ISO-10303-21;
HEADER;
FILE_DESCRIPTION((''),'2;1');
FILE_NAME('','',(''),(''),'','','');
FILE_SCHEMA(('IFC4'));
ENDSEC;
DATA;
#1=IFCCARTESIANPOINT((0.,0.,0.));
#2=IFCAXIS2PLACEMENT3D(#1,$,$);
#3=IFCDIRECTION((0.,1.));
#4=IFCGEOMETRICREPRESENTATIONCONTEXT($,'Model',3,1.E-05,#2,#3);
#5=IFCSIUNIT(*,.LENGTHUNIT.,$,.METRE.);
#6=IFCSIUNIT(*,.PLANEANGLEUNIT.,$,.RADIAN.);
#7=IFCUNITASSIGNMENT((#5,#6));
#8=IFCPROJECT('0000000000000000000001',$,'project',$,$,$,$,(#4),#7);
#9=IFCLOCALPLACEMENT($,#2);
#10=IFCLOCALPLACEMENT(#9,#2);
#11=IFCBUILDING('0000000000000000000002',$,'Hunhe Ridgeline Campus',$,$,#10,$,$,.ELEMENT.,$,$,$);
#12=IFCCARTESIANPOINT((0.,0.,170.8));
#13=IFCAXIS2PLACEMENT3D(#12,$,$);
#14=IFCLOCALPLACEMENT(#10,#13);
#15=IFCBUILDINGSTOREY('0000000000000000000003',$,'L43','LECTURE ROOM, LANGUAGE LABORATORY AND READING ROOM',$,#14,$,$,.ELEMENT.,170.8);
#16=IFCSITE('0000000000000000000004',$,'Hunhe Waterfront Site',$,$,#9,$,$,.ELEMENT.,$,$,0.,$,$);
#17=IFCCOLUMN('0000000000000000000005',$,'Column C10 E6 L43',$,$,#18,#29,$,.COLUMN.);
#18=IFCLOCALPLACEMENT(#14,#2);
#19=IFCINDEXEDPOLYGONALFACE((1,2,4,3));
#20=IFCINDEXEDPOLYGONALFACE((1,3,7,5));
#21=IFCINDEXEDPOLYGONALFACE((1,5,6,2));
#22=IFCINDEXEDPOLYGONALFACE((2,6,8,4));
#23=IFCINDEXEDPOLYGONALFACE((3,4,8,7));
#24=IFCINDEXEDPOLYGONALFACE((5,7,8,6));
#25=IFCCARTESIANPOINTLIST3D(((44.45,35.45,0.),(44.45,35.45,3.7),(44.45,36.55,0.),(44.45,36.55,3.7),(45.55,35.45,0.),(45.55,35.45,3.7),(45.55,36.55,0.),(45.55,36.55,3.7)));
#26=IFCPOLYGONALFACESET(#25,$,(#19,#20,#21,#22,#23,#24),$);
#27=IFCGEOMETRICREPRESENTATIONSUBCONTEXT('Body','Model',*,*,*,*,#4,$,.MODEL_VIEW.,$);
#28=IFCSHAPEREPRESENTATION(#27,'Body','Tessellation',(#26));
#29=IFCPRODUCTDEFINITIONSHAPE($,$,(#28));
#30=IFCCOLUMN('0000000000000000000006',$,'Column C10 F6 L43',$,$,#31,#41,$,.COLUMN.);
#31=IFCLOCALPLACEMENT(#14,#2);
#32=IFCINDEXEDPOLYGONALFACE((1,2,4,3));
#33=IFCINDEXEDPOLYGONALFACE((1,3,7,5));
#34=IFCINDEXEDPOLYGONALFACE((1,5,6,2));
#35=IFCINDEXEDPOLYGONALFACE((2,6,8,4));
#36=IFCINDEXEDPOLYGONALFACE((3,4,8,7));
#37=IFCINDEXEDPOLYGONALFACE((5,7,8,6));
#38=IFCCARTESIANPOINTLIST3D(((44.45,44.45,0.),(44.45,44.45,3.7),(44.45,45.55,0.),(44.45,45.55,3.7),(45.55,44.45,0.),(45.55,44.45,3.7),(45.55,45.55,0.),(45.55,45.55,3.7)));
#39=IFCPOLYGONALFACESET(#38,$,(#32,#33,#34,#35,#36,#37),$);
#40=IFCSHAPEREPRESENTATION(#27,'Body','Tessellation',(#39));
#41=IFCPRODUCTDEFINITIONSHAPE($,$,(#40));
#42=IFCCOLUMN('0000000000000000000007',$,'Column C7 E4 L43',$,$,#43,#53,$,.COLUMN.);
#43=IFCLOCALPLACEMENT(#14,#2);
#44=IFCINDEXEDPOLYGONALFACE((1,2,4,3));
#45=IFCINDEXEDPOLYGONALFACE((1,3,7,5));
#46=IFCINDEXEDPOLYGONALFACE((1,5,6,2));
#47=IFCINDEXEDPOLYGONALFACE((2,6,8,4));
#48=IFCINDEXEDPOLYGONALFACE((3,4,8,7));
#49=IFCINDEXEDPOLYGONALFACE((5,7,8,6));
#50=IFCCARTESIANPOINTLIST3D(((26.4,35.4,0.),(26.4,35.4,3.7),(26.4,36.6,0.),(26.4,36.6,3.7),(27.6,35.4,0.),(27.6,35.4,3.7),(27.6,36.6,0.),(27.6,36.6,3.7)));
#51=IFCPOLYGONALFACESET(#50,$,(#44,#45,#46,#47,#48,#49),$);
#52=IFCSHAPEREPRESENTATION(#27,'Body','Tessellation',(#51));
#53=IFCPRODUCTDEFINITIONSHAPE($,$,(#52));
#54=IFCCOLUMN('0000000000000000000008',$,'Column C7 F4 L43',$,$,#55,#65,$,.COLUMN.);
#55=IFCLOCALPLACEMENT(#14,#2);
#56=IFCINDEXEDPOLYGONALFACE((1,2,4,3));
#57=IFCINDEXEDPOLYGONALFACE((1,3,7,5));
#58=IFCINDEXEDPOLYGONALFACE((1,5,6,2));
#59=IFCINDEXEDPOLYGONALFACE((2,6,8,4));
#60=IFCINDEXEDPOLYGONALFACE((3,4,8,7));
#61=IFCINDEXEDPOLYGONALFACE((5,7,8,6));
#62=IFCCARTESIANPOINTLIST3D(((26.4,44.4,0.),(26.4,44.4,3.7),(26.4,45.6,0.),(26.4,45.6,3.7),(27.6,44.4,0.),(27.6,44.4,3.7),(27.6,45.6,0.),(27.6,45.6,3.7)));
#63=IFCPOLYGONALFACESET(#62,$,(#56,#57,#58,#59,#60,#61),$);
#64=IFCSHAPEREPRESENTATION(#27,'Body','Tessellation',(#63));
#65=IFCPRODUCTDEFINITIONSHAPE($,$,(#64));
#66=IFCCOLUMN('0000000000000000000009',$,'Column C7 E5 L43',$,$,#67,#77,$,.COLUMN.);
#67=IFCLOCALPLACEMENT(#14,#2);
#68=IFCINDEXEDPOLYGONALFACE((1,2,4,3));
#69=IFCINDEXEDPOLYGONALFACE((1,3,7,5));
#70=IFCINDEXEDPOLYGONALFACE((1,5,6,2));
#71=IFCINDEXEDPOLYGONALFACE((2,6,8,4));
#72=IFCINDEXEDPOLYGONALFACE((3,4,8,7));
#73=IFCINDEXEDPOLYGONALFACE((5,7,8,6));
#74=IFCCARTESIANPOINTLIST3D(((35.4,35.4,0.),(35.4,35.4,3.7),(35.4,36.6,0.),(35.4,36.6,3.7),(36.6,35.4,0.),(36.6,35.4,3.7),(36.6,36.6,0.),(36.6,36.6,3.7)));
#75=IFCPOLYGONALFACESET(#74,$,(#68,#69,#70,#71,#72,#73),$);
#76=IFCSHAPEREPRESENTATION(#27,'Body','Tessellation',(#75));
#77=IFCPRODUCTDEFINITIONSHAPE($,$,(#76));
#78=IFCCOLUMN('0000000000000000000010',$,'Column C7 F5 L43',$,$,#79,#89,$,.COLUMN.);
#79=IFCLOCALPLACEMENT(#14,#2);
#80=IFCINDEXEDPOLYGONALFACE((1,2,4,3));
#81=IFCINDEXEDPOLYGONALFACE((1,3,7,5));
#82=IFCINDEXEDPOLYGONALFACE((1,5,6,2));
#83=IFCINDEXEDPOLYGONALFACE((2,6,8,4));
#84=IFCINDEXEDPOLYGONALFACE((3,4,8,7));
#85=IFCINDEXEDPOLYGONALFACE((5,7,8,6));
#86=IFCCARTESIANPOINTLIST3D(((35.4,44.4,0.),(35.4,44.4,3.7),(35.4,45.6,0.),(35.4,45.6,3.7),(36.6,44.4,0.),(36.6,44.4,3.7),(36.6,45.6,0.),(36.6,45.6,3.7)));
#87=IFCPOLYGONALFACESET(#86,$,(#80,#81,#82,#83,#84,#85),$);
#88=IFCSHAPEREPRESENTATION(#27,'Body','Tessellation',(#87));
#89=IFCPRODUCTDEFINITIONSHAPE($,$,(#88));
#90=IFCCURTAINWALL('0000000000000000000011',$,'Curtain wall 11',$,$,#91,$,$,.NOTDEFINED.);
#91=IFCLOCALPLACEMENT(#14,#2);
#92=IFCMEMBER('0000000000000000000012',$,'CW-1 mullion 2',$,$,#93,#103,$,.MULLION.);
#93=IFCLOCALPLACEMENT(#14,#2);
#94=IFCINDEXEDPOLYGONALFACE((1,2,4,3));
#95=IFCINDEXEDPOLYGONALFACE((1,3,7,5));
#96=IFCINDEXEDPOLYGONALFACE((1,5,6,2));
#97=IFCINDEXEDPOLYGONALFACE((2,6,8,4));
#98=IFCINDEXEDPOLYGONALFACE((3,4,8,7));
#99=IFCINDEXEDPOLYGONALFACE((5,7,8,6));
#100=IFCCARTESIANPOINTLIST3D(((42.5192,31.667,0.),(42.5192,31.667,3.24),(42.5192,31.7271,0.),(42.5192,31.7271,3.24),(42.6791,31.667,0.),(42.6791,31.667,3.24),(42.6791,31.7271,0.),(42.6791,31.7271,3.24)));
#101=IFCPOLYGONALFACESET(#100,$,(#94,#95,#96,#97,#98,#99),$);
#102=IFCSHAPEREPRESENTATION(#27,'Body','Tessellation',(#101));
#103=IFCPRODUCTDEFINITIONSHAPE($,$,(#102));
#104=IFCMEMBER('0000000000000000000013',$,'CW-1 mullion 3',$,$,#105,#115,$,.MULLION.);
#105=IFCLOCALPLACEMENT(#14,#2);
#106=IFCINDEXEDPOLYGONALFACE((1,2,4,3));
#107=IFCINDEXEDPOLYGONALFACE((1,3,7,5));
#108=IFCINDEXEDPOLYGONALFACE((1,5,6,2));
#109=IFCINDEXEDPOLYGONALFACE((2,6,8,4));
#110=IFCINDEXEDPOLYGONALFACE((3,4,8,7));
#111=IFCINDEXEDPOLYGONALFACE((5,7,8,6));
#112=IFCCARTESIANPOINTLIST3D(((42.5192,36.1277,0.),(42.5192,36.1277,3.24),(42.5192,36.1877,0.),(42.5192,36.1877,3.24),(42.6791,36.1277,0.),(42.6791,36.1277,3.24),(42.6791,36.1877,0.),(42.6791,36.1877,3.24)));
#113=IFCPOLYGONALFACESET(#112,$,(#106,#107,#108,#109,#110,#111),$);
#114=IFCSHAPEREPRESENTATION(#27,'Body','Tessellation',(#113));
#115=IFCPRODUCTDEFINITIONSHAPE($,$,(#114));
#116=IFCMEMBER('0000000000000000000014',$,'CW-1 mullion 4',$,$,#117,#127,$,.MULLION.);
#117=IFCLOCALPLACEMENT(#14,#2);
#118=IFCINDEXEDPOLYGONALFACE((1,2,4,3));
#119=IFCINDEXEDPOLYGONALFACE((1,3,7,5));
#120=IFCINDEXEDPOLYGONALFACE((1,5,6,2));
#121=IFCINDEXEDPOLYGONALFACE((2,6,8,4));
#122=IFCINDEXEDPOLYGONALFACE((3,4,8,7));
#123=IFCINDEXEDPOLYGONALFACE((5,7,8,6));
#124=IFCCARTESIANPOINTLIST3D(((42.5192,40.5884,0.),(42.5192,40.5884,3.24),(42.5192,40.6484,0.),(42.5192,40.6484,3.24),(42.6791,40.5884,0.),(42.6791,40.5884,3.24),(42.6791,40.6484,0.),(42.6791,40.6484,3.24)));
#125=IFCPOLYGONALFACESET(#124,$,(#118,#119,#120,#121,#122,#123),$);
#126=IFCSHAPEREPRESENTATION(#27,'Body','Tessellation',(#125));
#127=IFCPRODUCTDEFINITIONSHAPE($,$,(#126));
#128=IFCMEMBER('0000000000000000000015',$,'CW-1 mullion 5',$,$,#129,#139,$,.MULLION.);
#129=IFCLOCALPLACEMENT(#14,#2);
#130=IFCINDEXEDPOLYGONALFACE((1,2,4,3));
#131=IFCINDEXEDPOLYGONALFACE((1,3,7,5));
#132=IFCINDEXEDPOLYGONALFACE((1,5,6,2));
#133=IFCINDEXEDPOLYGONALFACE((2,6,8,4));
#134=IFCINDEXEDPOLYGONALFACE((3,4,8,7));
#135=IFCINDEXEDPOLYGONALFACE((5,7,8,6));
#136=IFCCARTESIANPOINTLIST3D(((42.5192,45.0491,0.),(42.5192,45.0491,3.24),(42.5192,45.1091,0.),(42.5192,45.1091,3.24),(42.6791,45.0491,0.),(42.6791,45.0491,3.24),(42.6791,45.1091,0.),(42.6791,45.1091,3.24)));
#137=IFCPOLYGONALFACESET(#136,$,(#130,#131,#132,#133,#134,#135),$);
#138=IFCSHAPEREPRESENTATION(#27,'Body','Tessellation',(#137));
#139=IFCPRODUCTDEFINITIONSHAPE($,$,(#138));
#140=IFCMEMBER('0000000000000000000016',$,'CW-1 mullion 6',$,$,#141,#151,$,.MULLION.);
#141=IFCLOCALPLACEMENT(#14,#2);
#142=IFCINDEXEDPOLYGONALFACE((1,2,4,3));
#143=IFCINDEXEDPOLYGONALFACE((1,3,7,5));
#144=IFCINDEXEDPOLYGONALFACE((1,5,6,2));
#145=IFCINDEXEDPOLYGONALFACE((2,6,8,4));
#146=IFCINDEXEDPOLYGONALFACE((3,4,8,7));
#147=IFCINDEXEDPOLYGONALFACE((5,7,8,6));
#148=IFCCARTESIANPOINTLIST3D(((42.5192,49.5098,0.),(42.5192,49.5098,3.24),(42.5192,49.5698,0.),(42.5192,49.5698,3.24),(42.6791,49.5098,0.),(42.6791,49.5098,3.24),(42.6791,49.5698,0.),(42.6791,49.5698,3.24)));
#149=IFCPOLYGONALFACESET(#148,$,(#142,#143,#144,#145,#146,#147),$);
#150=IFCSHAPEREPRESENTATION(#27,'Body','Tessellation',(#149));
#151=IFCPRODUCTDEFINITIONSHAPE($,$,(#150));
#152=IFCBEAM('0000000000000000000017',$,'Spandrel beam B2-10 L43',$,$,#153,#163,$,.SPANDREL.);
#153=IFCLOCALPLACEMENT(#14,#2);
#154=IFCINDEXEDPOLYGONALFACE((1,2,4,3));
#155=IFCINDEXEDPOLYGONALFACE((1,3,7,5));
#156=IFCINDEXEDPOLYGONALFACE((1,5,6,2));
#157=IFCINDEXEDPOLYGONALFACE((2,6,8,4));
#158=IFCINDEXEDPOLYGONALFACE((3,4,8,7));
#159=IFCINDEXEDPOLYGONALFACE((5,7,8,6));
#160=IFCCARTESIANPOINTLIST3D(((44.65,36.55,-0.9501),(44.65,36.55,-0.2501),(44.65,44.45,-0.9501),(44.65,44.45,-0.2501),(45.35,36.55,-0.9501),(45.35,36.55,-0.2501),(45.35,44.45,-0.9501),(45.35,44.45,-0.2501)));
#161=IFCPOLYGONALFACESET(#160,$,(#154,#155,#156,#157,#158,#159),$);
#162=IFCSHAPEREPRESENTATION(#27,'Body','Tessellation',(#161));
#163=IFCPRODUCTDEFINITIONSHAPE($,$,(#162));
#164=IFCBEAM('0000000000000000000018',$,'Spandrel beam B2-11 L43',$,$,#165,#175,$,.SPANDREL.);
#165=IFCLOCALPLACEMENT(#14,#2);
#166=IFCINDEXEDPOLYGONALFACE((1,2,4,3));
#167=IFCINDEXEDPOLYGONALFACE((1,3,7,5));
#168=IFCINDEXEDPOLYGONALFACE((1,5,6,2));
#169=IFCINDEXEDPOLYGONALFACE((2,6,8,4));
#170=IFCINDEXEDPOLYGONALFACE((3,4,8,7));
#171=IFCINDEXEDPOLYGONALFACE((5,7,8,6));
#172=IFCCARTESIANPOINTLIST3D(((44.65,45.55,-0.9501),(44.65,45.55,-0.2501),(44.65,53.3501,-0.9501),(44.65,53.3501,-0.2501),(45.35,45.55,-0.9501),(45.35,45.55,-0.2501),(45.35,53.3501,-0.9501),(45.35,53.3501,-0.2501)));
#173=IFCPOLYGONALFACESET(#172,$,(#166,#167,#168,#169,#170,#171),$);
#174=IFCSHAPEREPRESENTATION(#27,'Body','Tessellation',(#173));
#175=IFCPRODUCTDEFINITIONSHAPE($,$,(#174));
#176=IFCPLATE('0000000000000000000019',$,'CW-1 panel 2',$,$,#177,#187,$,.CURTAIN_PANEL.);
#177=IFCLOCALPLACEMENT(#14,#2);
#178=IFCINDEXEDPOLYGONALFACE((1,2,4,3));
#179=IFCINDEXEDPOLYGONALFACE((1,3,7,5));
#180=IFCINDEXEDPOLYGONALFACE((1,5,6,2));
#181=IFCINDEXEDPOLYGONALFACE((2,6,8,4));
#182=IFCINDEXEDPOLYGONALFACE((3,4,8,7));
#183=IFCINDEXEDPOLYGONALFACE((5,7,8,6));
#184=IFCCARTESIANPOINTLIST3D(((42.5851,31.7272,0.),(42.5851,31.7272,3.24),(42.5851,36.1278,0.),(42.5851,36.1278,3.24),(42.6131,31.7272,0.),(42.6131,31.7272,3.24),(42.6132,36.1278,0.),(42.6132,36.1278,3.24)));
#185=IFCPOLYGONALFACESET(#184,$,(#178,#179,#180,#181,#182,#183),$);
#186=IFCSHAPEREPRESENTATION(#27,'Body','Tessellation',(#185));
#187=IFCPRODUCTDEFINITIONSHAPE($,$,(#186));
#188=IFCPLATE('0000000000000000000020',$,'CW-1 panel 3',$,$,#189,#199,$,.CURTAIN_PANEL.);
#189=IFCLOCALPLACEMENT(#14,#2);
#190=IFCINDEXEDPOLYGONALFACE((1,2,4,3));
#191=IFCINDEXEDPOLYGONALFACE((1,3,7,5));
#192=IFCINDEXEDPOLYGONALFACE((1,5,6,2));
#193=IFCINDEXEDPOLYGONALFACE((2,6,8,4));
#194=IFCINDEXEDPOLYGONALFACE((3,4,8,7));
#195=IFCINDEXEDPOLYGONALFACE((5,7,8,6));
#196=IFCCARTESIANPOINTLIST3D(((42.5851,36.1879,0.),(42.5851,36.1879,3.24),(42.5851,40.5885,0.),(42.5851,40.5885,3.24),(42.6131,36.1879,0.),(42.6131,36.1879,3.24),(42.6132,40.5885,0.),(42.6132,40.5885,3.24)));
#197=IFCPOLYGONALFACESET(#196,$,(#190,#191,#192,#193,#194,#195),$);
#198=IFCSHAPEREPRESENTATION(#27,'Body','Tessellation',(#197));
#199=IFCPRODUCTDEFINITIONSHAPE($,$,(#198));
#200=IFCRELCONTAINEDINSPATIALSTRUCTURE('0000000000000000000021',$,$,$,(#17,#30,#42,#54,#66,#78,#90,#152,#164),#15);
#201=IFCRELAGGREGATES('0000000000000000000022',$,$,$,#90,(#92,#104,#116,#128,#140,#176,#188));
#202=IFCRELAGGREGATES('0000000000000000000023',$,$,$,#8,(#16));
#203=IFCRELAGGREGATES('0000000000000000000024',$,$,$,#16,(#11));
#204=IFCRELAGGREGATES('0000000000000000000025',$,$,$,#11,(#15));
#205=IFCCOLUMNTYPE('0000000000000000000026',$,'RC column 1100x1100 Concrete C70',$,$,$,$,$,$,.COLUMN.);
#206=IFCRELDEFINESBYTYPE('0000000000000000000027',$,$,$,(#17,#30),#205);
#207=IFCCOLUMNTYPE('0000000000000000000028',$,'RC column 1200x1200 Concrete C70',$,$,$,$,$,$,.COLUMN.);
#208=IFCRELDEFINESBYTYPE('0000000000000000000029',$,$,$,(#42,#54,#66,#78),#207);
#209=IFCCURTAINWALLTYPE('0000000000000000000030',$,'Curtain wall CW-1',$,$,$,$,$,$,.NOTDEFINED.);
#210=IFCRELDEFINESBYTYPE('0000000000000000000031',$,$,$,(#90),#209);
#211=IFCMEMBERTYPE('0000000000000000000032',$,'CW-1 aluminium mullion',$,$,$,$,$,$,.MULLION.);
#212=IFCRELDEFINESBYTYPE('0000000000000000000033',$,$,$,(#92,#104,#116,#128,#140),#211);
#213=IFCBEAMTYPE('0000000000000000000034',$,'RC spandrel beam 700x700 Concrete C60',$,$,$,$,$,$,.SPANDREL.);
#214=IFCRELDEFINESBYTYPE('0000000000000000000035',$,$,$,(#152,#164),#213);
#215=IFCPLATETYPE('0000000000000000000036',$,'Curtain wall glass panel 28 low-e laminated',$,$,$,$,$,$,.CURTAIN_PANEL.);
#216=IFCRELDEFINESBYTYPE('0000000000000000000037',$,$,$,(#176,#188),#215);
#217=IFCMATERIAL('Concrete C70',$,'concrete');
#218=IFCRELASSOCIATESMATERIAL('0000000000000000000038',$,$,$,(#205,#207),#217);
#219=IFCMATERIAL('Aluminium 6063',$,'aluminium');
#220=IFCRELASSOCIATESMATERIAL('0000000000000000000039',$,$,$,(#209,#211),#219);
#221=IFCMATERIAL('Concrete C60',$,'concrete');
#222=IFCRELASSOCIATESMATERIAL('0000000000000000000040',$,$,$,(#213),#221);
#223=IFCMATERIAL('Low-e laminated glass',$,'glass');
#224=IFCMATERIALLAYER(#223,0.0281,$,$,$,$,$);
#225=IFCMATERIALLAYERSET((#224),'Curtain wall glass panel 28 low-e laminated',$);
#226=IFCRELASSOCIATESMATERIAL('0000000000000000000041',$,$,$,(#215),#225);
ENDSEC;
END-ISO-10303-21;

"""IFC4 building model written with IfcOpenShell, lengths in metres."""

from ifc_helpers import new_model, si_unit, direction, frame, origin, origin_2d, place, context, subcontext, project, spatial, rectangle, extrude, material, layer, layer_set, material_profile, profile_set, type_object, element, aggregate, save


model = new_model("IFC4")

# Units and contexts
model_context = context("Model", 3, precision=1e-05, world=origin(), true_north=direction((0.0, 1.0)))
body_context = subcontext(model_context, "Body", "Model", "MODEL_VIEW")
ifc_project = project(units=[si_unit("LENGTHUNIT", "METRE"), si_unit("PLANEANGLEUNIT", "RADIAN")], contexts=[model_context])

# Site, building, storey
site_placement = place(None, origin())
site = spatial("IfcSite", under=ifc_project, at=site_placement, Name="Hunhe Waterfront Site", CompositionType="ELEMENT", RefElevation=0.0)
building_placement = place(site_placement, origin())
building = spatial("IfcBuilding", under=site, at=building_placement, Name="Hunhe Ridgeline Campus", CompositionType="ELEMENT")
storey_placement = place(building_placement, frame((0.0, 0.0, 170.8)))
storey = spatial("IfcBuildingStorey", under=building, at=storey_placement, Name="L43", Description="LECTURE ROOM, LANGUAGE LABORATORY AND READING ROOM", CompositionType="ELEMENT", Elevation=170.8)

# Columns
ifc_material_1 = material(Name="Concrete C70", Category="concrete")
ifc_material_profile_1 = material_profile(ifc_material_1, rectangle(XDim=1.1001, YDim=1.1001, at=origin_2d()))
ifc_profile_set_1 = profile_set([ifc_material_profile_1], Name="Concrete C70")
column_type_1 = type_object("IfcColumnType", Name="RC column 1100x1100 Concrete C70", PredefinedType="COLUMN", material=ifc_profile_set_1)
for number, where, z_axis, x_axis, name in (
    (1, (45.0, 36.0, 0.0), (0.0, 0.0, 1.0), (1.0, 0.0, 0.0), "Column C10 E6 L43"),
    (2, (45.0, 45.0, 0.0), (0.0, 0.0, 1.0), (1.0, 0.0, 0.0), "Column C10 F6 L43"),
):
    element("IfcColumn", number, at=place(storey_placement, frame(where, z_axis=z_axis, x_axis=x_axis)), inside=storey, type_object=column_type_1, Name=name, PredefinedType="COLUMN", context=body_context, shape_type="SweptSolid", body=[
        extrude(rectangle(XDim=1.1001, YDim=1.1001, at=origin_2d()), origin(), (0.0, 0.0, 1.0), 3.7),
    ])
ifc_material_profile_2 = material_profile(ifc_material_1, rectangle(XDim=1.2, YDim=1.2, at=origin_2d()))
ifc_profile_set_2 = profile_set([ifc_material_profile_2], Name="Concrete C70")
column_type_2 = type_object("IfcColumnType", Name="RC column 1200x1200 Concrete C70", PredefinedType="COLUMN", material=ifc_profile_set_2)
for number, where, z_axis, x_axis, name in (
    (3, (27.0, 36.0, 0.0), (0.0, 0.0, 1.0), (1.0, 0.0, 0.0), "Column C7 E4 L43"),
    (4, (27.0, 45.0, 0.0), (0.0, 0.0, 1.0), (1.0, 0.0, 0.0), "Column C7 F4 L43"),
    (5, (36.0, 36.0, 0.0), (0.0, 0.0, 1.0), (1.0, 0.0, 0.0), "Column C7 E5 L43"),
    (6, (36.0, 45.0, 0.0), (0.0, 0.0, 1.0), (1.0, 0.0, 0.0), "Column C7 F5 L43"),
):
    element("IfcColumn", number, at=place(storey_placement, frame(where, z_axis=z_axis, x_axis=x_axis)), inside=storey, type_object=column_type_2, Name=name, PredefinedType="COLUMN", context=body_context, shape_type="SweptSolid", body=[
        extrude(rectangle(XDim=1.2, YDim=1.2, at=origin_2d()), origin(), (0.0, 0.0, 1.0), 3.7),
    ])

# Curtain wall, members
ifc_material_2 = material(Name="Aluminium 6063", Category="aluminium")
curtain_wall_type = type_object("IfcCurtainWallType", Name="Curtain wall CW-1", PredefinedType="NOTDEFINED", material=ifc_material_2)
curtain_wall_placement = place(storey_placement, origin())
curtain_wall = element("IfcCurtainWall", 7, at=curtain_wall_placement, inside=storey, type_object=curtain_wall_type, Name="Curtain wall 11", PredefinedType="NOTDEFINED")
ifc_material_profile_3 = material_profile(ifc_material_2, rectangle(XDim=0.1599, YDim=0.0601, at=origin_2d()))
ifc_profile_set_3 = profile_set([ifc_material_profile_3], Name="Aluminium 6063")
member_type = type_object("IfcMemberType", Name="CW-1 aluminium mullion", PredefinedType="MULLION", material=ifc_profile_set_3)
member_1_placement = place(storey_placement, frame((42.5991, 31.697, 0.0), z_axis=(0.0, 0.0, 1.0), x_axis=(-1.0, 0.000004, 0.0)))
member_1 = element("IfcMember", 8, at=member_1_placement, type_object=member_type, Name="CW-1 mullion 2", PredefinedType="MULLION", context=body_context, shape_type="SweptSolid", body=[
    extrude(rectangle(XDim=0.1599, YDim=0.0601, at=origin_2d()), origin(), (0.0, 0.0, 1.0), 3.24),
])
member_2_placement = place(storey_placement, frame((42.5991, 36.1577, 0.0), z_axis=(0.0, 0.0, 1.0), x_axis=(-1.0, 0.000004, 0.0)))
member_2 = element("IfcMember", 9, at=member_2_placement, type_object=member_type, Name="CW-1 mullion 3", PredefinedType="MULLION", context=body_context, shape_type="SweptSolid", body=[
    extrude(rectangle(XDim=0.1599, YDim=0.0601, at=origin_2d()), origin(), (0.0, 0.0, 1.0), 3.24),
])
member_3_placement = place(storey_placement, frame((42.5991, 40.6184, 0.0), z_axis=(0.0, 0.0, 1.0), x_axis=(-1.0, 0.000004, 0.0)))
member_3 = element("IfcMember", 10, at=member_3_placement, type_object=member_type, Name="CW-1 mullion 4", PredefinedType="MULLION", context=body_context, shape_type="SweptSolid", body=[
    extrude(rectangle(XDim=0.1599, YDim=0.0601, at=origin_2d()), origin(), (0.0, 0.0, 1.0), 3.24),
])
member_4_placement = place(storey_placement, frame((42.5991, 45.0791, 0.0), z_axis=(0.0, 0.0, 1.0), x_axis=(-1.0, 0.000004, 0.0)))
member_4 = element("IfcMember", 11, at=member_4_placement, type_object=member_type, Name="CW-1 mullion 5", PredefinedType="MULLION", context=body_context, shape_type="SweptSolid", body=[
    extrude(rectangle(XDim=0.1599, YDim=0.0601, at=origin_2d()), origin(), (0.0, 0.0, 1.0), 3.24),
])
member_5_placement = place(storey_placement, frame((42.5991, 49.5398, 0.0), z_axis=(0.0, 0.0, 1.0), x_axis=(-1.0, 0.000004, 0.0)))
member_5 = element("IfcMember", 12, at=member_5_placement, type_object=member_type, Name="CW-1 mullion 6", PredefinedType="MULLION", context=body_context, shape_type="SweptSolid", body=[
    extrude(rectangle(XDim=0.1599, YDim=0.0601, at=origin_2d()), origin(), (0.0, 0.0, 1.0), 3.24),
])

# Beams
ifc_material_3 = material(Name="Concrete C60", Category="concrete")
ifc_material_profile_4 = material_profile(ifc_material_3, rectangle(XDim=0.7, YDim=0.7, at=origin_2d()))
ifc_profile_set_4 = profile_set([ifc_material_profile_4], Name="Concrete C60")
beam_type = type_object("IfcBeamType", Name="RC spandrel beam 700x700 Concrete C60", PredefinedType="SPANDREL", material=ifc_profile_set_4)
beam_1_placement = place(storey_placement, frame((45.0, 36.55, -0.6001), z_axis=(0.0, 1.0, 0.0), x_axis=(-1.0, 0.0, 0.0)))
element("IfcBeam", 13, at=beam_1_placement, inside=storey, type_object=beam_type, Name="Spandrel beam B2-10 L43", PredefinedType="SPANDREL", context=body_context, shape_type="SweptSolid", body=[
    extrude(rectangle(XDim=0.7, YDim=0.7, at=origin_2d()), origin(), (0.0, 0.0, 1.0), 7.8999),
])
beam_2_placement = place(storey_placement, frame((45.0, 45.55, -0.6001), z_axis=(0.0, 1.0, 0.0), x_axis=(-1.0, 0.0, 0.0)))
element("IfcBeam", 14, at=beam_2_placement, inside=storey, type_object=beam_type, Name="Spandrel beam B2-11 L43", PredefinedType="SPANDREL", context=body_context, shape_type="SweptSolid", body=[
    extrude(rectangle(XDim=0.7, YDim=0.7, at=origin_2d()), origin(), (0.0, 0.0, 1.0), 7.8),
])

# Plates
ifc_material_4 = material(Name="Low-e laminated glass", Category="glass")
ifc_layer_1 = layer(ifc_material_4, 0.0281)
ifc_layer_set_1 = layer_set([ifc_layer_1], Name="Curtain wall glass panel 28 low-e laminated")
plate_type = type_object("IfcPlateType", Name="Curtain wall glass panel 28 low-e laminated", PredefinedType="CURTAIN_PANEL", material=ifc_layer_set_1)
plate_1_placement = place(storey_placement, frame((42.5991, 33.9275, 0.0), z_axis=(0.0, 0.0, 1.0), x_axis=(0.000004, 1.0, 0.0)))
plate_1 = element("IfcPlate", 15, at=plate_1_placement, type_object=plate_type, Name="CW-1 panel 2", PredefinedType="CURTAIN_PANEL", context=body_context, shape_type="SweptSolid", body=[
    extrude(rectangle(XDim=4.4006, YDim=0.0281, at=origin_2d()), origin(), (0.0, 0.0, 1.0), 3.24),
])
plate_2_placement = place(storey_placement, frame((42.5991, 38.3882, 0.0), z_axis=(0.0, 0.0, 1.0), x_axis=(0.000004, 1.0, 0.0)))
plate_2 = element("IfcPlate", 16, at=plate_2_placement, type_object=plate_type, Name="CW-1 panel 3", PredefinedType="CURTAIN_PANEL", context=body_context, shape_type="SweptSolid", body=[
    extrude(rectangle(XDim=4.4006, YDim=0.0281, at=origin_2d()), origin(), (0.0, 0.0, 1.0), 3.24),
])
aggregate(curtain_wall, [member_1, member_2, member_3, member_4, member_5, plate_1, plate_2])

save(model, "model.ifc")
